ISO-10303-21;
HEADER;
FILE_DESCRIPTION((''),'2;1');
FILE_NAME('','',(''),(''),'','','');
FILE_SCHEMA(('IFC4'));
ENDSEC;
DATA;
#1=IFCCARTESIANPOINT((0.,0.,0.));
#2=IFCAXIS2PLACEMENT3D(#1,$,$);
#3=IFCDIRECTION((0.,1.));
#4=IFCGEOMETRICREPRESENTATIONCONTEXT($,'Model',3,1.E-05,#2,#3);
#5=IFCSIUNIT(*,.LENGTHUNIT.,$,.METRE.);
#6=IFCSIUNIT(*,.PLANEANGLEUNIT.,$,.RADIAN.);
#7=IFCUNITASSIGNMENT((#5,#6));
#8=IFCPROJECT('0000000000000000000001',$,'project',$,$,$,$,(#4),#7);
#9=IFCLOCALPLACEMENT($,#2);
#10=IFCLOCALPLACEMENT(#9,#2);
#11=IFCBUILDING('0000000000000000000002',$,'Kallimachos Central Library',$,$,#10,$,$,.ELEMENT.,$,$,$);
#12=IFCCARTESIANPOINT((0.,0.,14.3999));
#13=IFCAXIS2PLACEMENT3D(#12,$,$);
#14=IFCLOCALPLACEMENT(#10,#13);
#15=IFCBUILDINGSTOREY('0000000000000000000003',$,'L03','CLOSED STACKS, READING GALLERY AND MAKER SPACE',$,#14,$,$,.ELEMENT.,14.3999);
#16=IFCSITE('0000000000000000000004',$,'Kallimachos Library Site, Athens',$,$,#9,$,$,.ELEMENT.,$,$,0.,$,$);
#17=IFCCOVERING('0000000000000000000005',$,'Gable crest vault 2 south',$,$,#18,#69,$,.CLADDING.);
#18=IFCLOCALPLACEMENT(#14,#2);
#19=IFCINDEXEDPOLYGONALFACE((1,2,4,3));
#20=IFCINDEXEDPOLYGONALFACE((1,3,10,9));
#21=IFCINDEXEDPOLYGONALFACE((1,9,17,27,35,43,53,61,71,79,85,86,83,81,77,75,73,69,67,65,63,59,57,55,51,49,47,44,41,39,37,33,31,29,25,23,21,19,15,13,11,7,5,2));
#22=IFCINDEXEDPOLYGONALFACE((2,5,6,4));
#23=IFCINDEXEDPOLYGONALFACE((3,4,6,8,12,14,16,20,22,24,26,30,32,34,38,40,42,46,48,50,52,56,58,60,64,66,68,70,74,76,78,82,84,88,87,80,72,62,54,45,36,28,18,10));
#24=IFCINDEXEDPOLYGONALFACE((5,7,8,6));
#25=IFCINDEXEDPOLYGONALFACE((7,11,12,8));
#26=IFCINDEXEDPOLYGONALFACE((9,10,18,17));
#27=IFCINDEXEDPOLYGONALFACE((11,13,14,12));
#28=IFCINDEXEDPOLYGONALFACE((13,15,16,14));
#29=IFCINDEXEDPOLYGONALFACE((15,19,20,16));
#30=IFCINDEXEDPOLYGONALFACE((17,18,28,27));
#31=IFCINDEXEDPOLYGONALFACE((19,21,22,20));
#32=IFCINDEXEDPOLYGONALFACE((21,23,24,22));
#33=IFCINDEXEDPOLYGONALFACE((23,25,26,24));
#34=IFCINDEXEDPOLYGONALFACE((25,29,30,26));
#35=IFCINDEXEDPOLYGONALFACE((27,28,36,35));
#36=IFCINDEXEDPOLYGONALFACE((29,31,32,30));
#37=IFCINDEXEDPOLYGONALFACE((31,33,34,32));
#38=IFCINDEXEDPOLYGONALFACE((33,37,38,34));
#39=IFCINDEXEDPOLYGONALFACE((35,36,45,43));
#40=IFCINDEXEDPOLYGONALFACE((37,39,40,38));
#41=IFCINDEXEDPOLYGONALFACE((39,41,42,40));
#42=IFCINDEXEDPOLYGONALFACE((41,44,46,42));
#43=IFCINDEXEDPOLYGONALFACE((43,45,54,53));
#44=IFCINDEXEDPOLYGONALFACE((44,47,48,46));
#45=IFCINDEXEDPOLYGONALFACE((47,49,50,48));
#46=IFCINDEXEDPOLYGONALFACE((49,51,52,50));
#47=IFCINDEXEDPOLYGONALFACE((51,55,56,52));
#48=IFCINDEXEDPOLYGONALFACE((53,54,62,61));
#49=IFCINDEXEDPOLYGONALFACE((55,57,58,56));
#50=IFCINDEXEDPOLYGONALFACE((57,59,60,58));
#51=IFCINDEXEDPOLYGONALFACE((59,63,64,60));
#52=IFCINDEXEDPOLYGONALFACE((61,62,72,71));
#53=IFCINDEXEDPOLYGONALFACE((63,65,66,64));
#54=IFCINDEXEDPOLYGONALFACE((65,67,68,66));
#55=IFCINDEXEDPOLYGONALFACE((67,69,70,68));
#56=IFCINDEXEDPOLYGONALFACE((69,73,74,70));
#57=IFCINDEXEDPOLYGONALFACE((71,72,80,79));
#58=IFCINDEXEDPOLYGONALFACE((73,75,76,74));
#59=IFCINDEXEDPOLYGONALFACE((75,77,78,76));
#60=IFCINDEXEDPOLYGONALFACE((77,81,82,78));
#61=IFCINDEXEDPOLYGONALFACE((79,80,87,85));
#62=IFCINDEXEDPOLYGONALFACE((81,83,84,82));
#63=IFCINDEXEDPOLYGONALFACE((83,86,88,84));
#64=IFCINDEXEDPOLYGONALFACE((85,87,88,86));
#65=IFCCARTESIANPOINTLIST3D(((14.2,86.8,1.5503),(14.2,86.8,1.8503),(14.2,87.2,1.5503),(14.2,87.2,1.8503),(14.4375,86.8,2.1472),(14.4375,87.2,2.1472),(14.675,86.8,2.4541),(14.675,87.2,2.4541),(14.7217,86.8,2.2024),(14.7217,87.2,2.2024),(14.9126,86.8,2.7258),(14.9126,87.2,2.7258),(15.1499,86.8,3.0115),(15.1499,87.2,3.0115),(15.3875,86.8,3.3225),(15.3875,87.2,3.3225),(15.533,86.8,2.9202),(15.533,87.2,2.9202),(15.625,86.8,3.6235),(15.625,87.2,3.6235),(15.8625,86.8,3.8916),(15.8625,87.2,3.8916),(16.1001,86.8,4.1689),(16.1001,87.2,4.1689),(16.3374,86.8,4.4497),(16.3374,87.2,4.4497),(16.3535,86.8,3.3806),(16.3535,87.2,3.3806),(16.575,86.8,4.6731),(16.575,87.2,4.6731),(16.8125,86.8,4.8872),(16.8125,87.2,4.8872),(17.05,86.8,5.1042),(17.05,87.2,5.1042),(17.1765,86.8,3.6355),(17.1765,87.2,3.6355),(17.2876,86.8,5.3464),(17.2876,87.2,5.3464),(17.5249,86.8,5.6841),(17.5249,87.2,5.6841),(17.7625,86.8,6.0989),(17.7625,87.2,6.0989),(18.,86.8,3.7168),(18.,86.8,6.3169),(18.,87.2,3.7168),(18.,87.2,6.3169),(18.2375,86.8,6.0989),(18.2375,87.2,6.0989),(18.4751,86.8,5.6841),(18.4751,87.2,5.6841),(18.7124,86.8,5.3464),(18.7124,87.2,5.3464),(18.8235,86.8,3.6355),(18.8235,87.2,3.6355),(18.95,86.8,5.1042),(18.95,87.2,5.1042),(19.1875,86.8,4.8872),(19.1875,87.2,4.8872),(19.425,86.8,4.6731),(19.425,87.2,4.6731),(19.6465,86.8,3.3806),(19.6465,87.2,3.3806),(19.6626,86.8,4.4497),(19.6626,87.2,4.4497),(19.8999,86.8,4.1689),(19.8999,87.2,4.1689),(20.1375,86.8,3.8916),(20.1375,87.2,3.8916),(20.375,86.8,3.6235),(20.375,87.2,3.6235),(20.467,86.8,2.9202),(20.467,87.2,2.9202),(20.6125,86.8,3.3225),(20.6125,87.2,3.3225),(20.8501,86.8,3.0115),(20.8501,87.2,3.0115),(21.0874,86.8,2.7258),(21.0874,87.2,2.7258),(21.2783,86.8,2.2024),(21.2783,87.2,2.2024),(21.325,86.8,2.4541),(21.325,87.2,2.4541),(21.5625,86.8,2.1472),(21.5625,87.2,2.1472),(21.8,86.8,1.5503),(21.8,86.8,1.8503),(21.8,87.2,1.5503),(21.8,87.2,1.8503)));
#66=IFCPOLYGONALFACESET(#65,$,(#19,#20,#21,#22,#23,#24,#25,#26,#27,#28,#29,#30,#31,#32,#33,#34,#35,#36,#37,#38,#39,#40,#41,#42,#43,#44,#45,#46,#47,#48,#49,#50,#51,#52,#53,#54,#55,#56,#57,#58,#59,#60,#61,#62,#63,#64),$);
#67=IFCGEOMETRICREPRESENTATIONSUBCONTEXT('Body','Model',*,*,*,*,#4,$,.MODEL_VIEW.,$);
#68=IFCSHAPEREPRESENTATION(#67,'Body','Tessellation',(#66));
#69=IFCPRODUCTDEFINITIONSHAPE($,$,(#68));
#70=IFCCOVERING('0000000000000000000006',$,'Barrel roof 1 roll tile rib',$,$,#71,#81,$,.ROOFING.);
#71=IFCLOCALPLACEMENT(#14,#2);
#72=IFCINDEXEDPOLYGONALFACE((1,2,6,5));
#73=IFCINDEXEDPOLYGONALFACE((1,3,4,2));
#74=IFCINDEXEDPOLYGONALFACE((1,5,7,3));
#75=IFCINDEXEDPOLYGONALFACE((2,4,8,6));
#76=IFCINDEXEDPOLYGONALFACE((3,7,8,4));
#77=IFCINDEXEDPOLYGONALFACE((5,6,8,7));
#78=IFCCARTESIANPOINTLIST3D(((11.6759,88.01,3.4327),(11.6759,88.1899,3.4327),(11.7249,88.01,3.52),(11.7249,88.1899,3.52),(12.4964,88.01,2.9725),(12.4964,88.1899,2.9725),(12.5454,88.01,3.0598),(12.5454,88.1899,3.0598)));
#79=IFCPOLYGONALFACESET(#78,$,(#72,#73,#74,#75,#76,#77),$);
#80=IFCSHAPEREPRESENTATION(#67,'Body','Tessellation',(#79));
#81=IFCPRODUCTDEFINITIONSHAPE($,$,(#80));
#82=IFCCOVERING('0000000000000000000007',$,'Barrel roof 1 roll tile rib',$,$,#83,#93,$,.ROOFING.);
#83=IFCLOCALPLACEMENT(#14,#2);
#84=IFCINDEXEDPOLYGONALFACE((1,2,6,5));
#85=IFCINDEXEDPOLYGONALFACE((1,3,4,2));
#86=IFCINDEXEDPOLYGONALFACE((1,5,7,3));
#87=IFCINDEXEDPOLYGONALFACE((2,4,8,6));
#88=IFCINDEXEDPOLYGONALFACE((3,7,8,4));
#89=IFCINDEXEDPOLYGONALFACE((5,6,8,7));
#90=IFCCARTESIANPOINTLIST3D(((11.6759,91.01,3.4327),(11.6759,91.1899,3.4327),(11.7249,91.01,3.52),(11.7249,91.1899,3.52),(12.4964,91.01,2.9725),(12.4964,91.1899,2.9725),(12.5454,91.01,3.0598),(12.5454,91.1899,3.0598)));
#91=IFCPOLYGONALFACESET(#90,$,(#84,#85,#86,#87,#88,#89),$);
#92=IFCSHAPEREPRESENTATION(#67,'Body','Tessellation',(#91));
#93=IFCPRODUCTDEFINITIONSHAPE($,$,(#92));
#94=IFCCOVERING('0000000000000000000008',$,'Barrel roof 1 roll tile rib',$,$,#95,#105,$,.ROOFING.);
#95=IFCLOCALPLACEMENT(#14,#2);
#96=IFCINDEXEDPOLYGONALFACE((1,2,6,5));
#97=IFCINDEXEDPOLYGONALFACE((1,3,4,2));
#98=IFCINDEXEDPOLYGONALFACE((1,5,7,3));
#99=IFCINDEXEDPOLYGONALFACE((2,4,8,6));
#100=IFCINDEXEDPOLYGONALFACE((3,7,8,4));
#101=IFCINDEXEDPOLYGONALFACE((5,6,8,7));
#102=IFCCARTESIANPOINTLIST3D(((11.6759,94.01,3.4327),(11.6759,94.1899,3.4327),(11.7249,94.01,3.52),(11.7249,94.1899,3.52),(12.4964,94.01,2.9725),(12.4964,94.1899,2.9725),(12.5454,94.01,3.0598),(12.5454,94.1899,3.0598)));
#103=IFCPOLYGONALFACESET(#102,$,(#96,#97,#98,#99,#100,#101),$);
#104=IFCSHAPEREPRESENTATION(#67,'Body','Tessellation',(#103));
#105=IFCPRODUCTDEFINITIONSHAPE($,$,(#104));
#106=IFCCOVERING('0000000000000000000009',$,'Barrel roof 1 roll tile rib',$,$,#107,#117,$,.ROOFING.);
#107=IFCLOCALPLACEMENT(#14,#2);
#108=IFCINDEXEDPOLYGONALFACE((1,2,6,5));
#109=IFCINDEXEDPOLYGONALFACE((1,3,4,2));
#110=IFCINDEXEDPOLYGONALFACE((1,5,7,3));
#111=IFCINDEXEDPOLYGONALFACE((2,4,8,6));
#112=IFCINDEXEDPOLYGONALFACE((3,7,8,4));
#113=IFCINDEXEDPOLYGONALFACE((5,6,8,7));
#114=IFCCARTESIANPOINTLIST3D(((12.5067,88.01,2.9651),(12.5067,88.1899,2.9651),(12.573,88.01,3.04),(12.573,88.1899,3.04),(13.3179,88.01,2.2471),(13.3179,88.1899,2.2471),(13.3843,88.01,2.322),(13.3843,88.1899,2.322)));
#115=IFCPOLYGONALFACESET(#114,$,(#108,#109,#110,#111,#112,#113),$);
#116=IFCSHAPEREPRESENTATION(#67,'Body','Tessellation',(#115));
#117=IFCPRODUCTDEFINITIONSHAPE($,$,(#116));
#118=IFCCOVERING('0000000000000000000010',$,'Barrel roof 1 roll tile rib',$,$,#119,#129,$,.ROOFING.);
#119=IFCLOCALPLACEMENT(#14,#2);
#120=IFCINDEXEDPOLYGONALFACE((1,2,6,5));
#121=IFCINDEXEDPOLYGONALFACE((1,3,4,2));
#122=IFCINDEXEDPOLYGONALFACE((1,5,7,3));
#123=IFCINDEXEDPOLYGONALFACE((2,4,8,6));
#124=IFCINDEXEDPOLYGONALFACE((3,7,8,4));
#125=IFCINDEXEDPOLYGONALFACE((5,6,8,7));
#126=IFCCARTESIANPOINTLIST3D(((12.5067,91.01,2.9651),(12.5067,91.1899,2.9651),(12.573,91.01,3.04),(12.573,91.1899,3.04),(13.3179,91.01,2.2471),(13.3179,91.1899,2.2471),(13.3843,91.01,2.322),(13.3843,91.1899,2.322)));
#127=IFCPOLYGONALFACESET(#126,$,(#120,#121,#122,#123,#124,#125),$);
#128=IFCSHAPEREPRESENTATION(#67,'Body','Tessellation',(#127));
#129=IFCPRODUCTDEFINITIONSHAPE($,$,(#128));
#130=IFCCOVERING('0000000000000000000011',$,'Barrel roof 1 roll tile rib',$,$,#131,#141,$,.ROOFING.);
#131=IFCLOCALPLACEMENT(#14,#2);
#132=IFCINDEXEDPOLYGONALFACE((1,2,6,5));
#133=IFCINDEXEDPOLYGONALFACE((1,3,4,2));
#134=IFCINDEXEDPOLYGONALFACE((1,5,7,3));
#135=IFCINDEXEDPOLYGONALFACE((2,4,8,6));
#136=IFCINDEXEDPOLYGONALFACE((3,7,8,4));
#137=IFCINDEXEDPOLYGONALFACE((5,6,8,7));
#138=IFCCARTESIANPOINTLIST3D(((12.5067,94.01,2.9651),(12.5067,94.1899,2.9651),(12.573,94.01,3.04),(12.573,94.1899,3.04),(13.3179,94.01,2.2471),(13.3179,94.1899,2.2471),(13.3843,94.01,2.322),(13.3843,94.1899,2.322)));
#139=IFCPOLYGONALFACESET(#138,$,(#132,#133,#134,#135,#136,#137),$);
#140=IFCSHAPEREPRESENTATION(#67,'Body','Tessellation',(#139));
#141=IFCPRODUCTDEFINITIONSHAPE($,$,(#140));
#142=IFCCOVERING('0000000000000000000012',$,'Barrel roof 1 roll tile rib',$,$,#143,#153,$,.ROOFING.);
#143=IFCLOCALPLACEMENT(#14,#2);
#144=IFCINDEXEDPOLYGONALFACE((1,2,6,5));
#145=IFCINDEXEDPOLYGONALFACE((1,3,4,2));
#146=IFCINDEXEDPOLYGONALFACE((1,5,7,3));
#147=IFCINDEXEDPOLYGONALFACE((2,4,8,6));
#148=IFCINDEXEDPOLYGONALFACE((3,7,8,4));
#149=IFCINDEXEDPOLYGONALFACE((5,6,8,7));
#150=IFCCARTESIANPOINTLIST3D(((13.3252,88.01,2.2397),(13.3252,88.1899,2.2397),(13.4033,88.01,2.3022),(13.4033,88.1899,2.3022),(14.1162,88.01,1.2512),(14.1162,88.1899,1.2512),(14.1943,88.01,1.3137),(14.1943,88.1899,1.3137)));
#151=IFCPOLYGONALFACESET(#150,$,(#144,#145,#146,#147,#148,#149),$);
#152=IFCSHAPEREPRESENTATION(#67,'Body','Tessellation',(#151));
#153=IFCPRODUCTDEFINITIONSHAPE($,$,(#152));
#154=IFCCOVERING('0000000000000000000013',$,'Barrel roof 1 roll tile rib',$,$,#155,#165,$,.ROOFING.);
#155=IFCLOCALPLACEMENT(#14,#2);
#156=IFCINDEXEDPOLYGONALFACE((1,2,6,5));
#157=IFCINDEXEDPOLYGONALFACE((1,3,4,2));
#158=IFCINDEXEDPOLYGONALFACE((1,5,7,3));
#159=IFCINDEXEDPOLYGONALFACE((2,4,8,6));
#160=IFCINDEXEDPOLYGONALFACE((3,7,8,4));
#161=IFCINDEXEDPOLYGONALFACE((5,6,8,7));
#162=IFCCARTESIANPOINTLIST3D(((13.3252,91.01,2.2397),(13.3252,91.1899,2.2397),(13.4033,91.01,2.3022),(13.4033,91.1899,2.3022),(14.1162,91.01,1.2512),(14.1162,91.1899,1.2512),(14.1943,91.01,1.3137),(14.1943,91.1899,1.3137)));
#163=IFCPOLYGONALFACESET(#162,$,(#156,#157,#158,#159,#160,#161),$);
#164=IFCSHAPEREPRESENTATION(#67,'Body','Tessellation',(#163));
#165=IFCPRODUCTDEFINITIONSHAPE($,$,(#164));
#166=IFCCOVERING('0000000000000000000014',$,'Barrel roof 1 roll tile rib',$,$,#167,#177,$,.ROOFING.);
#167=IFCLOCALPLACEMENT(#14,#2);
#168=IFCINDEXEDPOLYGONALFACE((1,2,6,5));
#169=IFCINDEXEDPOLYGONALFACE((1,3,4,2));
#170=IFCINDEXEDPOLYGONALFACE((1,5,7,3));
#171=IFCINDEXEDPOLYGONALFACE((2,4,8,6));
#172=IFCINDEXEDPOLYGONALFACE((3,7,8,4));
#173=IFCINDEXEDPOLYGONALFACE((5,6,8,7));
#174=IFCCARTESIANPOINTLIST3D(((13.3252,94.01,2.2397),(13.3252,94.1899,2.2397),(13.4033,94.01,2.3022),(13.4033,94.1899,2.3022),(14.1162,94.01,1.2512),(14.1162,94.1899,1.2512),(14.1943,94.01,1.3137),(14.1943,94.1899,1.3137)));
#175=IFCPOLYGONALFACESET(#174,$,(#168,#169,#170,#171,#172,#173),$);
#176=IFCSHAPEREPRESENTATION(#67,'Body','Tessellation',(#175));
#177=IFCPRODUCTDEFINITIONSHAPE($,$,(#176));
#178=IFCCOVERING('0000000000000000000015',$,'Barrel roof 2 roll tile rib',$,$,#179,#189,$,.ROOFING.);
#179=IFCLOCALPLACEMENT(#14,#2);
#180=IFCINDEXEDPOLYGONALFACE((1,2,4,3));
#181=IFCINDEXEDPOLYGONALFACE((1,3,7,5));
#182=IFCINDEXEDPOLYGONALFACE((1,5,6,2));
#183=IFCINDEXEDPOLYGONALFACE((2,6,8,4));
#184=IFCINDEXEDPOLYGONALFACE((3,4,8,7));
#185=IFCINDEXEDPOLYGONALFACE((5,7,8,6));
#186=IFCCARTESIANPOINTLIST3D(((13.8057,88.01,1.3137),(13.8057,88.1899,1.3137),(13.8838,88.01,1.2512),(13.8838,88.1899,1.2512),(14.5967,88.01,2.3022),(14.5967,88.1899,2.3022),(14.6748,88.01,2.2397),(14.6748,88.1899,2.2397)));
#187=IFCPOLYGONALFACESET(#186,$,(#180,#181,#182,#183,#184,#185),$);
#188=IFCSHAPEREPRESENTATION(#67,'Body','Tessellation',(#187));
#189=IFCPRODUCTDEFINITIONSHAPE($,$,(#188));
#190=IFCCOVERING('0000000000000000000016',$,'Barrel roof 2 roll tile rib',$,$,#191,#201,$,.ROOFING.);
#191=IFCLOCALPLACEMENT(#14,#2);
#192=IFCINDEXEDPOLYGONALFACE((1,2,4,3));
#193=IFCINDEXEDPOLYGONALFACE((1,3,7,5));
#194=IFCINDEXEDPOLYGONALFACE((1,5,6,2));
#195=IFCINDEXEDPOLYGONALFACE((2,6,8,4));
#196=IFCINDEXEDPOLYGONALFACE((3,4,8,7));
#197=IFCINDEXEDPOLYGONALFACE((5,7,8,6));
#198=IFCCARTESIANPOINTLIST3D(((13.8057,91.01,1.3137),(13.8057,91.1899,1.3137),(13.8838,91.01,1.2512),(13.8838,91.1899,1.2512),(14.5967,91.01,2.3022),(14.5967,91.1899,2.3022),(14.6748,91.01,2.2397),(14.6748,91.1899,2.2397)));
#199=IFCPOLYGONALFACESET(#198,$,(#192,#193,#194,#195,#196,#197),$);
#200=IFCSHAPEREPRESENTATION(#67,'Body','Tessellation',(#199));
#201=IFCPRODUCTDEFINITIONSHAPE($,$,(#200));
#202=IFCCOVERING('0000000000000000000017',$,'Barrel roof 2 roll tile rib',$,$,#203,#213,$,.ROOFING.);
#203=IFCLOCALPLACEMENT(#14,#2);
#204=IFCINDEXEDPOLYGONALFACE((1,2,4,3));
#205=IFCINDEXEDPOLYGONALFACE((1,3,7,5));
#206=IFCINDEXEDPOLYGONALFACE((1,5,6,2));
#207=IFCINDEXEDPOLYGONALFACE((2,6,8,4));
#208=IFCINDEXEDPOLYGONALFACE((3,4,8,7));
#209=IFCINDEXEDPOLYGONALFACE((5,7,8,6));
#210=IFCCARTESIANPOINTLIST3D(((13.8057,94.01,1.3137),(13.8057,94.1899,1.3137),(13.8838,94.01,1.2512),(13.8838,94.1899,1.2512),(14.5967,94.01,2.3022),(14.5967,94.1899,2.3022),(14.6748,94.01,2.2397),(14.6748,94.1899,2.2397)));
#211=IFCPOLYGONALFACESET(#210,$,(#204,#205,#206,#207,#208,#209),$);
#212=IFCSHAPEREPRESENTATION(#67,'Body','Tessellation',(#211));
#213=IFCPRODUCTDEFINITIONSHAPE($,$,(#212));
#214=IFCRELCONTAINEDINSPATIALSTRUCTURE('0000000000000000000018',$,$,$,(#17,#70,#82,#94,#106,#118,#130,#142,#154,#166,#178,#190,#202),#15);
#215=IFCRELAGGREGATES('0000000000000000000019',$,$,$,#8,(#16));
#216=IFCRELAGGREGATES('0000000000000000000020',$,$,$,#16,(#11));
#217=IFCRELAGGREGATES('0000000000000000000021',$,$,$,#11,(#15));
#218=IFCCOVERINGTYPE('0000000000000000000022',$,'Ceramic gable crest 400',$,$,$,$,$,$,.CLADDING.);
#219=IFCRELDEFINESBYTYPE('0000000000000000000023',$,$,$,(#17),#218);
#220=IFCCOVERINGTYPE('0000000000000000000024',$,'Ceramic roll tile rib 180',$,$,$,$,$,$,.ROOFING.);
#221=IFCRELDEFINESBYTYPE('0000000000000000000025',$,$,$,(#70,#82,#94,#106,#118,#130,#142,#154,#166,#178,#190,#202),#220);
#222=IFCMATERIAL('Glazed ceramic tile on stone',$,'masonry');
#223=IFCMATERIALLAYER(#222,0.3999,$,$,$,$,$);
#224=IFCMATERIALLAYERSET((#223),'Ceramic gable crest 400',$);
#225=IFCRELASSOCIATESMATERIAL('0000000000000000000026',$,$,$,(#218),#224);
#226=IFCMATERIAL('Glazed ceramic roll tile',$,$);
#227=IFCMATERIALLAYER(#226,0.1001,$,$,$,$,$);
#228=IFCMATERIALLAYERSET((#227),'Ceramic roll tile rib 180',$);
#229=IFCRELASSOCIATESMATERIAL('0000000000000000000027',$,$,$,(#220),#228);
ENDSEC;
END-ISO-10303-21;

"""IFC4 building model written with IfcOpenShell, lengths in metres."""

from ifc_helpers import new_model, si_unit, direction, frame, origin, place, context, subcontext, project, spatial, polyline, outline, extrude, material, layer, layer_set, type_object, element, save


model = new_model("IFC4")

# Units and contexts
model_context = context("Model", 3, precision=1e-05, world=origin(), true_north=direction((0.0, 1.0)))
body_context = subcontext(model_context, "Body", "Model", "MODEL_VIEW")
ifc_project = project(units=[si_unit("LENGTHUNIT", "METRE"), si_unit("PLANEANGLEUNIT", "RADIAN")], contexts=[model_context])

# Site, building, storey
site_placement = place(None, origin())
site = spatial("IfcSite", under=ifc_project, at=site_placement, Name="Kallimachos Library Site, Athens", CompositionType="ELEMENT", RefElevation=0.0)
building_placement = place(site_placement, origin())
building = spatial("IfcBuilding", under=site, at=building_placement, Name="Kallimachos Central Library", CompositionType="ELEMENT")
storey_placement = place(building_placement, frame((0.0, 0.0, 14.3999)))
storey = spatial("IfcBuildingStorey", under=building, at=storey_placement, Name="L03", Description="CLOSED STACKS, READING GALLERY AND MAKER SPACE", CompositionType="ELEMENT", Elevation=14.3999)

# Coverings
ifc_material_1 = material(Name="Glazed ceramic tile on stone", Category="masonry")
ifc_layer_1 = layer(ifc_material_1, 0.3999)
ifc_layer_set_1 = layer_set([ifc_layer_1], Name="Ceramic gable crest 400")
covering_type_1 = type_object("IfcCoveringType", Name="Ceramic gable crest 400", PredefinedType="CLADDING", material=ifc_layer_set_1)
covering_1_placement = place(storey_placement, frame((14.2, 86.8, 1.5503), z_axis=(0.0, -1.0, 0.0), x_axis=(0.624731, 0.0, 0.78084)))
element("IfcCovering", 1, at=covering_1_placement, inside=storey, type_object=covering_type_1, Name="Gable crest vault 2 south", PredefinedType="CLADDING", context=body_context, shape_type="SweptSolid", body=[
    extrude(outline(polyline([(0.0, 0.0), (0.8351, 0.0), (1.9024, -0.1851), (2.7746, -0.5381), (3.4878, -1.0215), (4.0657, -1.6137), (4.5167, -2.3076), (4.8318, -3.1094), (4.9849, -4.0378), (4.9313, -5.1197), (4.748, -5.9345), (4.9823, -5.747), (5.0657, -5.3761), (5.1569, -4.9989), (5.2207, -4.6436), (5.2955, -4.2799), (5.39, -3.9001), (5.4766, -3.5265), (5.5375, -3.1736), (5.6057, -2.8148), (5.6767, -2.4541), (5.7027, -2.1291), (5.7215, -1.8098), (5.7425, -1.4887), (5.7832, -1.1519), (5.8986, -0.7557), (6.0741, -0.3111), (6.096, 0.0106), (5.7773, 0.0599), (5.305, -0.0138), (4.8931, -0.0394), (4.5556, -0.0052), (4.2377, 0.0447), (3.9221, 0.0964), (3.5993, 0.1423), (3.2318, 0.1522), (2.8669, 0.1645), (2.5091, 0.1825), (2.1257, 0.1799), (1.7344, 0.1711), (1.3631, 0.1779), (1.0025, 0.1937), (0.6145, 0.1874), (0.2343, 0.1874), (0.0, 0.0)])), origin(), (0.0, 0.0, -1.0), 0.3999),
])
ifc_material_2 = material(Name="Glazed ceramic roll tile")
ifc_layer_2 = layer(ifc_material_2, 0.1001)
ifc_layer_set_2 = layer_set([ifc_layer_2], Name="Ceramic roll tile rib 180")
covering_type_2 = type_object("IfcCoveringType", Name="Ceramic roll tile rib 180", PredefinedType="ROOFING", material=ifc_layer_set_2)
for number, where, z_axis, x_axis, name in (
    (2, (11.7249, 88.01, 3.52), (0.489164, 0.0, 0.872192), (0.872192, 0.0, -0.489164), "Barrel roof 1 roll tile rib"),
    (3, (11.7249, 91.01, 3.52), (0.489164, 0.0, 0.872192), (0.872192, 0.0, -0.489164), "Barrel roof 1 roll tile rib"),
    (4, (11.7249, 94.01, 3.52), (0.489164, 0.0, 0.872192), (0.872192, 0.0, -0.489164), "Barrel roof 1 roll tile rib"),
):
    element("IfcCovering", number, at=place(storey_placement, frame(where, z_axis=z_axis, x_axis=x_axis)), inside=storey, type_object=covering_type_2, Name=name, PredefinedType="ROOFING", context=body_context, shape_type="SweptSolid", body=[
        extrude(outline(polyline([(0.0, 0.0), (0.9408, 0.0), (0.9408, 0.1799), (0.0, 0.1799), (0.0, 0.0)])), origin(), (0.0, 0.0, -1.0), 0.1001),
    ])
for number, where, z_axis, x_axis, name in (
    (5, (12.573, 88.01, 3.04), (0.662754, 0.0, 0.748837), (0.748837, 0.0, -0.662754), "Barrel roof 1 roll tile rib"),
    (6, (12.573, 91.01, 3.04), (0.662754, 0.0, 0.748837), (0.748837, 0.0, -0.662754), "Barrel roof 1 roll tile rib"),
    (7, (12.573, 94.01, 3.04), (0.662754, 0.0, 0.748837), (0.748837, 0.0, -0.662754), "Barrel roof 1 roll tile rib"),
):
    element("IfcCovering", number, at=place(storey_placement, frame(where, z_axis=z_axis, x_axis=x_axis)), inside=storey, type_object=covering_type_2, Name=name, PredefinedType="ROOFING", context=body_context, shape_type="SweptSolid", body=[
        extrude(outline(polyline([(0.0, 0.0), (1.0834, 0.0), (1.0834, 0.1799), (0.0, 0.1799), (0.0, 0.0)])), origin(), (0.0, 0.0, -1.0), 0.1001),
    ])
for number, where, z_axis, x_axis, name in (
    (8, (13.4033, 88.01, 2.3022), (0.780794, 0.0, 0.624789), (0.624789, 0.0, -0.780794), "Barrel roof 1 roll tile rib"),
    (9, (13.4033, 91.01, 2.3022), (0.780794, 0.0, 0.624789), (0.624789, 0.0, -0.780794), "Barrel roof 1 roll tile rib"),
    (10, (13.4033, 94.01, 2.3022), (0.780794, 0.0, 0.624789), (0.624789, 0.0, -0.780794), "Barrel roof 1 roll tile rib"),
    (11, (13.8057, 88.01, 1.3137), (-0.780794, 0.0, 0.624789), (0.624789, 0.0, 0.780794), "Barrel roof 2 roll tile rib"),
    (12, (13.8057, 91.01, 1.3137), (-0.780794, 0.0, 0.624789), (0.624789, 0.0, 0.780794), "Barrel roof 2 roll tile rib"),
    (13, (13.8057, 94.01, 1.3137), (-0.780794, 0.0, 0.624789), (0.624789, 0.0, 0.780794), "Barrel roof 2 roll tile rib"),
):
    element("IfcCovering", number, at=place(storey_placement, frame(where, z_axis=z_axis, x_axis=x_axis)), inside=storey, type_object=covering_type_2, Name=name, PredefinedType="ROOFING", context=body_context, shape_type="SweptSolid", body=[
        extrude(outline(polyline([(0.0, 0.0), (1.2661, 0.0), (1.2661, 0.1799), (0.0, 0.1799), (0.0, 0.0)])), origin(), (0.0, 0.0, -1.0), 0.1001),
    ])

save(model, "model.ifc")
